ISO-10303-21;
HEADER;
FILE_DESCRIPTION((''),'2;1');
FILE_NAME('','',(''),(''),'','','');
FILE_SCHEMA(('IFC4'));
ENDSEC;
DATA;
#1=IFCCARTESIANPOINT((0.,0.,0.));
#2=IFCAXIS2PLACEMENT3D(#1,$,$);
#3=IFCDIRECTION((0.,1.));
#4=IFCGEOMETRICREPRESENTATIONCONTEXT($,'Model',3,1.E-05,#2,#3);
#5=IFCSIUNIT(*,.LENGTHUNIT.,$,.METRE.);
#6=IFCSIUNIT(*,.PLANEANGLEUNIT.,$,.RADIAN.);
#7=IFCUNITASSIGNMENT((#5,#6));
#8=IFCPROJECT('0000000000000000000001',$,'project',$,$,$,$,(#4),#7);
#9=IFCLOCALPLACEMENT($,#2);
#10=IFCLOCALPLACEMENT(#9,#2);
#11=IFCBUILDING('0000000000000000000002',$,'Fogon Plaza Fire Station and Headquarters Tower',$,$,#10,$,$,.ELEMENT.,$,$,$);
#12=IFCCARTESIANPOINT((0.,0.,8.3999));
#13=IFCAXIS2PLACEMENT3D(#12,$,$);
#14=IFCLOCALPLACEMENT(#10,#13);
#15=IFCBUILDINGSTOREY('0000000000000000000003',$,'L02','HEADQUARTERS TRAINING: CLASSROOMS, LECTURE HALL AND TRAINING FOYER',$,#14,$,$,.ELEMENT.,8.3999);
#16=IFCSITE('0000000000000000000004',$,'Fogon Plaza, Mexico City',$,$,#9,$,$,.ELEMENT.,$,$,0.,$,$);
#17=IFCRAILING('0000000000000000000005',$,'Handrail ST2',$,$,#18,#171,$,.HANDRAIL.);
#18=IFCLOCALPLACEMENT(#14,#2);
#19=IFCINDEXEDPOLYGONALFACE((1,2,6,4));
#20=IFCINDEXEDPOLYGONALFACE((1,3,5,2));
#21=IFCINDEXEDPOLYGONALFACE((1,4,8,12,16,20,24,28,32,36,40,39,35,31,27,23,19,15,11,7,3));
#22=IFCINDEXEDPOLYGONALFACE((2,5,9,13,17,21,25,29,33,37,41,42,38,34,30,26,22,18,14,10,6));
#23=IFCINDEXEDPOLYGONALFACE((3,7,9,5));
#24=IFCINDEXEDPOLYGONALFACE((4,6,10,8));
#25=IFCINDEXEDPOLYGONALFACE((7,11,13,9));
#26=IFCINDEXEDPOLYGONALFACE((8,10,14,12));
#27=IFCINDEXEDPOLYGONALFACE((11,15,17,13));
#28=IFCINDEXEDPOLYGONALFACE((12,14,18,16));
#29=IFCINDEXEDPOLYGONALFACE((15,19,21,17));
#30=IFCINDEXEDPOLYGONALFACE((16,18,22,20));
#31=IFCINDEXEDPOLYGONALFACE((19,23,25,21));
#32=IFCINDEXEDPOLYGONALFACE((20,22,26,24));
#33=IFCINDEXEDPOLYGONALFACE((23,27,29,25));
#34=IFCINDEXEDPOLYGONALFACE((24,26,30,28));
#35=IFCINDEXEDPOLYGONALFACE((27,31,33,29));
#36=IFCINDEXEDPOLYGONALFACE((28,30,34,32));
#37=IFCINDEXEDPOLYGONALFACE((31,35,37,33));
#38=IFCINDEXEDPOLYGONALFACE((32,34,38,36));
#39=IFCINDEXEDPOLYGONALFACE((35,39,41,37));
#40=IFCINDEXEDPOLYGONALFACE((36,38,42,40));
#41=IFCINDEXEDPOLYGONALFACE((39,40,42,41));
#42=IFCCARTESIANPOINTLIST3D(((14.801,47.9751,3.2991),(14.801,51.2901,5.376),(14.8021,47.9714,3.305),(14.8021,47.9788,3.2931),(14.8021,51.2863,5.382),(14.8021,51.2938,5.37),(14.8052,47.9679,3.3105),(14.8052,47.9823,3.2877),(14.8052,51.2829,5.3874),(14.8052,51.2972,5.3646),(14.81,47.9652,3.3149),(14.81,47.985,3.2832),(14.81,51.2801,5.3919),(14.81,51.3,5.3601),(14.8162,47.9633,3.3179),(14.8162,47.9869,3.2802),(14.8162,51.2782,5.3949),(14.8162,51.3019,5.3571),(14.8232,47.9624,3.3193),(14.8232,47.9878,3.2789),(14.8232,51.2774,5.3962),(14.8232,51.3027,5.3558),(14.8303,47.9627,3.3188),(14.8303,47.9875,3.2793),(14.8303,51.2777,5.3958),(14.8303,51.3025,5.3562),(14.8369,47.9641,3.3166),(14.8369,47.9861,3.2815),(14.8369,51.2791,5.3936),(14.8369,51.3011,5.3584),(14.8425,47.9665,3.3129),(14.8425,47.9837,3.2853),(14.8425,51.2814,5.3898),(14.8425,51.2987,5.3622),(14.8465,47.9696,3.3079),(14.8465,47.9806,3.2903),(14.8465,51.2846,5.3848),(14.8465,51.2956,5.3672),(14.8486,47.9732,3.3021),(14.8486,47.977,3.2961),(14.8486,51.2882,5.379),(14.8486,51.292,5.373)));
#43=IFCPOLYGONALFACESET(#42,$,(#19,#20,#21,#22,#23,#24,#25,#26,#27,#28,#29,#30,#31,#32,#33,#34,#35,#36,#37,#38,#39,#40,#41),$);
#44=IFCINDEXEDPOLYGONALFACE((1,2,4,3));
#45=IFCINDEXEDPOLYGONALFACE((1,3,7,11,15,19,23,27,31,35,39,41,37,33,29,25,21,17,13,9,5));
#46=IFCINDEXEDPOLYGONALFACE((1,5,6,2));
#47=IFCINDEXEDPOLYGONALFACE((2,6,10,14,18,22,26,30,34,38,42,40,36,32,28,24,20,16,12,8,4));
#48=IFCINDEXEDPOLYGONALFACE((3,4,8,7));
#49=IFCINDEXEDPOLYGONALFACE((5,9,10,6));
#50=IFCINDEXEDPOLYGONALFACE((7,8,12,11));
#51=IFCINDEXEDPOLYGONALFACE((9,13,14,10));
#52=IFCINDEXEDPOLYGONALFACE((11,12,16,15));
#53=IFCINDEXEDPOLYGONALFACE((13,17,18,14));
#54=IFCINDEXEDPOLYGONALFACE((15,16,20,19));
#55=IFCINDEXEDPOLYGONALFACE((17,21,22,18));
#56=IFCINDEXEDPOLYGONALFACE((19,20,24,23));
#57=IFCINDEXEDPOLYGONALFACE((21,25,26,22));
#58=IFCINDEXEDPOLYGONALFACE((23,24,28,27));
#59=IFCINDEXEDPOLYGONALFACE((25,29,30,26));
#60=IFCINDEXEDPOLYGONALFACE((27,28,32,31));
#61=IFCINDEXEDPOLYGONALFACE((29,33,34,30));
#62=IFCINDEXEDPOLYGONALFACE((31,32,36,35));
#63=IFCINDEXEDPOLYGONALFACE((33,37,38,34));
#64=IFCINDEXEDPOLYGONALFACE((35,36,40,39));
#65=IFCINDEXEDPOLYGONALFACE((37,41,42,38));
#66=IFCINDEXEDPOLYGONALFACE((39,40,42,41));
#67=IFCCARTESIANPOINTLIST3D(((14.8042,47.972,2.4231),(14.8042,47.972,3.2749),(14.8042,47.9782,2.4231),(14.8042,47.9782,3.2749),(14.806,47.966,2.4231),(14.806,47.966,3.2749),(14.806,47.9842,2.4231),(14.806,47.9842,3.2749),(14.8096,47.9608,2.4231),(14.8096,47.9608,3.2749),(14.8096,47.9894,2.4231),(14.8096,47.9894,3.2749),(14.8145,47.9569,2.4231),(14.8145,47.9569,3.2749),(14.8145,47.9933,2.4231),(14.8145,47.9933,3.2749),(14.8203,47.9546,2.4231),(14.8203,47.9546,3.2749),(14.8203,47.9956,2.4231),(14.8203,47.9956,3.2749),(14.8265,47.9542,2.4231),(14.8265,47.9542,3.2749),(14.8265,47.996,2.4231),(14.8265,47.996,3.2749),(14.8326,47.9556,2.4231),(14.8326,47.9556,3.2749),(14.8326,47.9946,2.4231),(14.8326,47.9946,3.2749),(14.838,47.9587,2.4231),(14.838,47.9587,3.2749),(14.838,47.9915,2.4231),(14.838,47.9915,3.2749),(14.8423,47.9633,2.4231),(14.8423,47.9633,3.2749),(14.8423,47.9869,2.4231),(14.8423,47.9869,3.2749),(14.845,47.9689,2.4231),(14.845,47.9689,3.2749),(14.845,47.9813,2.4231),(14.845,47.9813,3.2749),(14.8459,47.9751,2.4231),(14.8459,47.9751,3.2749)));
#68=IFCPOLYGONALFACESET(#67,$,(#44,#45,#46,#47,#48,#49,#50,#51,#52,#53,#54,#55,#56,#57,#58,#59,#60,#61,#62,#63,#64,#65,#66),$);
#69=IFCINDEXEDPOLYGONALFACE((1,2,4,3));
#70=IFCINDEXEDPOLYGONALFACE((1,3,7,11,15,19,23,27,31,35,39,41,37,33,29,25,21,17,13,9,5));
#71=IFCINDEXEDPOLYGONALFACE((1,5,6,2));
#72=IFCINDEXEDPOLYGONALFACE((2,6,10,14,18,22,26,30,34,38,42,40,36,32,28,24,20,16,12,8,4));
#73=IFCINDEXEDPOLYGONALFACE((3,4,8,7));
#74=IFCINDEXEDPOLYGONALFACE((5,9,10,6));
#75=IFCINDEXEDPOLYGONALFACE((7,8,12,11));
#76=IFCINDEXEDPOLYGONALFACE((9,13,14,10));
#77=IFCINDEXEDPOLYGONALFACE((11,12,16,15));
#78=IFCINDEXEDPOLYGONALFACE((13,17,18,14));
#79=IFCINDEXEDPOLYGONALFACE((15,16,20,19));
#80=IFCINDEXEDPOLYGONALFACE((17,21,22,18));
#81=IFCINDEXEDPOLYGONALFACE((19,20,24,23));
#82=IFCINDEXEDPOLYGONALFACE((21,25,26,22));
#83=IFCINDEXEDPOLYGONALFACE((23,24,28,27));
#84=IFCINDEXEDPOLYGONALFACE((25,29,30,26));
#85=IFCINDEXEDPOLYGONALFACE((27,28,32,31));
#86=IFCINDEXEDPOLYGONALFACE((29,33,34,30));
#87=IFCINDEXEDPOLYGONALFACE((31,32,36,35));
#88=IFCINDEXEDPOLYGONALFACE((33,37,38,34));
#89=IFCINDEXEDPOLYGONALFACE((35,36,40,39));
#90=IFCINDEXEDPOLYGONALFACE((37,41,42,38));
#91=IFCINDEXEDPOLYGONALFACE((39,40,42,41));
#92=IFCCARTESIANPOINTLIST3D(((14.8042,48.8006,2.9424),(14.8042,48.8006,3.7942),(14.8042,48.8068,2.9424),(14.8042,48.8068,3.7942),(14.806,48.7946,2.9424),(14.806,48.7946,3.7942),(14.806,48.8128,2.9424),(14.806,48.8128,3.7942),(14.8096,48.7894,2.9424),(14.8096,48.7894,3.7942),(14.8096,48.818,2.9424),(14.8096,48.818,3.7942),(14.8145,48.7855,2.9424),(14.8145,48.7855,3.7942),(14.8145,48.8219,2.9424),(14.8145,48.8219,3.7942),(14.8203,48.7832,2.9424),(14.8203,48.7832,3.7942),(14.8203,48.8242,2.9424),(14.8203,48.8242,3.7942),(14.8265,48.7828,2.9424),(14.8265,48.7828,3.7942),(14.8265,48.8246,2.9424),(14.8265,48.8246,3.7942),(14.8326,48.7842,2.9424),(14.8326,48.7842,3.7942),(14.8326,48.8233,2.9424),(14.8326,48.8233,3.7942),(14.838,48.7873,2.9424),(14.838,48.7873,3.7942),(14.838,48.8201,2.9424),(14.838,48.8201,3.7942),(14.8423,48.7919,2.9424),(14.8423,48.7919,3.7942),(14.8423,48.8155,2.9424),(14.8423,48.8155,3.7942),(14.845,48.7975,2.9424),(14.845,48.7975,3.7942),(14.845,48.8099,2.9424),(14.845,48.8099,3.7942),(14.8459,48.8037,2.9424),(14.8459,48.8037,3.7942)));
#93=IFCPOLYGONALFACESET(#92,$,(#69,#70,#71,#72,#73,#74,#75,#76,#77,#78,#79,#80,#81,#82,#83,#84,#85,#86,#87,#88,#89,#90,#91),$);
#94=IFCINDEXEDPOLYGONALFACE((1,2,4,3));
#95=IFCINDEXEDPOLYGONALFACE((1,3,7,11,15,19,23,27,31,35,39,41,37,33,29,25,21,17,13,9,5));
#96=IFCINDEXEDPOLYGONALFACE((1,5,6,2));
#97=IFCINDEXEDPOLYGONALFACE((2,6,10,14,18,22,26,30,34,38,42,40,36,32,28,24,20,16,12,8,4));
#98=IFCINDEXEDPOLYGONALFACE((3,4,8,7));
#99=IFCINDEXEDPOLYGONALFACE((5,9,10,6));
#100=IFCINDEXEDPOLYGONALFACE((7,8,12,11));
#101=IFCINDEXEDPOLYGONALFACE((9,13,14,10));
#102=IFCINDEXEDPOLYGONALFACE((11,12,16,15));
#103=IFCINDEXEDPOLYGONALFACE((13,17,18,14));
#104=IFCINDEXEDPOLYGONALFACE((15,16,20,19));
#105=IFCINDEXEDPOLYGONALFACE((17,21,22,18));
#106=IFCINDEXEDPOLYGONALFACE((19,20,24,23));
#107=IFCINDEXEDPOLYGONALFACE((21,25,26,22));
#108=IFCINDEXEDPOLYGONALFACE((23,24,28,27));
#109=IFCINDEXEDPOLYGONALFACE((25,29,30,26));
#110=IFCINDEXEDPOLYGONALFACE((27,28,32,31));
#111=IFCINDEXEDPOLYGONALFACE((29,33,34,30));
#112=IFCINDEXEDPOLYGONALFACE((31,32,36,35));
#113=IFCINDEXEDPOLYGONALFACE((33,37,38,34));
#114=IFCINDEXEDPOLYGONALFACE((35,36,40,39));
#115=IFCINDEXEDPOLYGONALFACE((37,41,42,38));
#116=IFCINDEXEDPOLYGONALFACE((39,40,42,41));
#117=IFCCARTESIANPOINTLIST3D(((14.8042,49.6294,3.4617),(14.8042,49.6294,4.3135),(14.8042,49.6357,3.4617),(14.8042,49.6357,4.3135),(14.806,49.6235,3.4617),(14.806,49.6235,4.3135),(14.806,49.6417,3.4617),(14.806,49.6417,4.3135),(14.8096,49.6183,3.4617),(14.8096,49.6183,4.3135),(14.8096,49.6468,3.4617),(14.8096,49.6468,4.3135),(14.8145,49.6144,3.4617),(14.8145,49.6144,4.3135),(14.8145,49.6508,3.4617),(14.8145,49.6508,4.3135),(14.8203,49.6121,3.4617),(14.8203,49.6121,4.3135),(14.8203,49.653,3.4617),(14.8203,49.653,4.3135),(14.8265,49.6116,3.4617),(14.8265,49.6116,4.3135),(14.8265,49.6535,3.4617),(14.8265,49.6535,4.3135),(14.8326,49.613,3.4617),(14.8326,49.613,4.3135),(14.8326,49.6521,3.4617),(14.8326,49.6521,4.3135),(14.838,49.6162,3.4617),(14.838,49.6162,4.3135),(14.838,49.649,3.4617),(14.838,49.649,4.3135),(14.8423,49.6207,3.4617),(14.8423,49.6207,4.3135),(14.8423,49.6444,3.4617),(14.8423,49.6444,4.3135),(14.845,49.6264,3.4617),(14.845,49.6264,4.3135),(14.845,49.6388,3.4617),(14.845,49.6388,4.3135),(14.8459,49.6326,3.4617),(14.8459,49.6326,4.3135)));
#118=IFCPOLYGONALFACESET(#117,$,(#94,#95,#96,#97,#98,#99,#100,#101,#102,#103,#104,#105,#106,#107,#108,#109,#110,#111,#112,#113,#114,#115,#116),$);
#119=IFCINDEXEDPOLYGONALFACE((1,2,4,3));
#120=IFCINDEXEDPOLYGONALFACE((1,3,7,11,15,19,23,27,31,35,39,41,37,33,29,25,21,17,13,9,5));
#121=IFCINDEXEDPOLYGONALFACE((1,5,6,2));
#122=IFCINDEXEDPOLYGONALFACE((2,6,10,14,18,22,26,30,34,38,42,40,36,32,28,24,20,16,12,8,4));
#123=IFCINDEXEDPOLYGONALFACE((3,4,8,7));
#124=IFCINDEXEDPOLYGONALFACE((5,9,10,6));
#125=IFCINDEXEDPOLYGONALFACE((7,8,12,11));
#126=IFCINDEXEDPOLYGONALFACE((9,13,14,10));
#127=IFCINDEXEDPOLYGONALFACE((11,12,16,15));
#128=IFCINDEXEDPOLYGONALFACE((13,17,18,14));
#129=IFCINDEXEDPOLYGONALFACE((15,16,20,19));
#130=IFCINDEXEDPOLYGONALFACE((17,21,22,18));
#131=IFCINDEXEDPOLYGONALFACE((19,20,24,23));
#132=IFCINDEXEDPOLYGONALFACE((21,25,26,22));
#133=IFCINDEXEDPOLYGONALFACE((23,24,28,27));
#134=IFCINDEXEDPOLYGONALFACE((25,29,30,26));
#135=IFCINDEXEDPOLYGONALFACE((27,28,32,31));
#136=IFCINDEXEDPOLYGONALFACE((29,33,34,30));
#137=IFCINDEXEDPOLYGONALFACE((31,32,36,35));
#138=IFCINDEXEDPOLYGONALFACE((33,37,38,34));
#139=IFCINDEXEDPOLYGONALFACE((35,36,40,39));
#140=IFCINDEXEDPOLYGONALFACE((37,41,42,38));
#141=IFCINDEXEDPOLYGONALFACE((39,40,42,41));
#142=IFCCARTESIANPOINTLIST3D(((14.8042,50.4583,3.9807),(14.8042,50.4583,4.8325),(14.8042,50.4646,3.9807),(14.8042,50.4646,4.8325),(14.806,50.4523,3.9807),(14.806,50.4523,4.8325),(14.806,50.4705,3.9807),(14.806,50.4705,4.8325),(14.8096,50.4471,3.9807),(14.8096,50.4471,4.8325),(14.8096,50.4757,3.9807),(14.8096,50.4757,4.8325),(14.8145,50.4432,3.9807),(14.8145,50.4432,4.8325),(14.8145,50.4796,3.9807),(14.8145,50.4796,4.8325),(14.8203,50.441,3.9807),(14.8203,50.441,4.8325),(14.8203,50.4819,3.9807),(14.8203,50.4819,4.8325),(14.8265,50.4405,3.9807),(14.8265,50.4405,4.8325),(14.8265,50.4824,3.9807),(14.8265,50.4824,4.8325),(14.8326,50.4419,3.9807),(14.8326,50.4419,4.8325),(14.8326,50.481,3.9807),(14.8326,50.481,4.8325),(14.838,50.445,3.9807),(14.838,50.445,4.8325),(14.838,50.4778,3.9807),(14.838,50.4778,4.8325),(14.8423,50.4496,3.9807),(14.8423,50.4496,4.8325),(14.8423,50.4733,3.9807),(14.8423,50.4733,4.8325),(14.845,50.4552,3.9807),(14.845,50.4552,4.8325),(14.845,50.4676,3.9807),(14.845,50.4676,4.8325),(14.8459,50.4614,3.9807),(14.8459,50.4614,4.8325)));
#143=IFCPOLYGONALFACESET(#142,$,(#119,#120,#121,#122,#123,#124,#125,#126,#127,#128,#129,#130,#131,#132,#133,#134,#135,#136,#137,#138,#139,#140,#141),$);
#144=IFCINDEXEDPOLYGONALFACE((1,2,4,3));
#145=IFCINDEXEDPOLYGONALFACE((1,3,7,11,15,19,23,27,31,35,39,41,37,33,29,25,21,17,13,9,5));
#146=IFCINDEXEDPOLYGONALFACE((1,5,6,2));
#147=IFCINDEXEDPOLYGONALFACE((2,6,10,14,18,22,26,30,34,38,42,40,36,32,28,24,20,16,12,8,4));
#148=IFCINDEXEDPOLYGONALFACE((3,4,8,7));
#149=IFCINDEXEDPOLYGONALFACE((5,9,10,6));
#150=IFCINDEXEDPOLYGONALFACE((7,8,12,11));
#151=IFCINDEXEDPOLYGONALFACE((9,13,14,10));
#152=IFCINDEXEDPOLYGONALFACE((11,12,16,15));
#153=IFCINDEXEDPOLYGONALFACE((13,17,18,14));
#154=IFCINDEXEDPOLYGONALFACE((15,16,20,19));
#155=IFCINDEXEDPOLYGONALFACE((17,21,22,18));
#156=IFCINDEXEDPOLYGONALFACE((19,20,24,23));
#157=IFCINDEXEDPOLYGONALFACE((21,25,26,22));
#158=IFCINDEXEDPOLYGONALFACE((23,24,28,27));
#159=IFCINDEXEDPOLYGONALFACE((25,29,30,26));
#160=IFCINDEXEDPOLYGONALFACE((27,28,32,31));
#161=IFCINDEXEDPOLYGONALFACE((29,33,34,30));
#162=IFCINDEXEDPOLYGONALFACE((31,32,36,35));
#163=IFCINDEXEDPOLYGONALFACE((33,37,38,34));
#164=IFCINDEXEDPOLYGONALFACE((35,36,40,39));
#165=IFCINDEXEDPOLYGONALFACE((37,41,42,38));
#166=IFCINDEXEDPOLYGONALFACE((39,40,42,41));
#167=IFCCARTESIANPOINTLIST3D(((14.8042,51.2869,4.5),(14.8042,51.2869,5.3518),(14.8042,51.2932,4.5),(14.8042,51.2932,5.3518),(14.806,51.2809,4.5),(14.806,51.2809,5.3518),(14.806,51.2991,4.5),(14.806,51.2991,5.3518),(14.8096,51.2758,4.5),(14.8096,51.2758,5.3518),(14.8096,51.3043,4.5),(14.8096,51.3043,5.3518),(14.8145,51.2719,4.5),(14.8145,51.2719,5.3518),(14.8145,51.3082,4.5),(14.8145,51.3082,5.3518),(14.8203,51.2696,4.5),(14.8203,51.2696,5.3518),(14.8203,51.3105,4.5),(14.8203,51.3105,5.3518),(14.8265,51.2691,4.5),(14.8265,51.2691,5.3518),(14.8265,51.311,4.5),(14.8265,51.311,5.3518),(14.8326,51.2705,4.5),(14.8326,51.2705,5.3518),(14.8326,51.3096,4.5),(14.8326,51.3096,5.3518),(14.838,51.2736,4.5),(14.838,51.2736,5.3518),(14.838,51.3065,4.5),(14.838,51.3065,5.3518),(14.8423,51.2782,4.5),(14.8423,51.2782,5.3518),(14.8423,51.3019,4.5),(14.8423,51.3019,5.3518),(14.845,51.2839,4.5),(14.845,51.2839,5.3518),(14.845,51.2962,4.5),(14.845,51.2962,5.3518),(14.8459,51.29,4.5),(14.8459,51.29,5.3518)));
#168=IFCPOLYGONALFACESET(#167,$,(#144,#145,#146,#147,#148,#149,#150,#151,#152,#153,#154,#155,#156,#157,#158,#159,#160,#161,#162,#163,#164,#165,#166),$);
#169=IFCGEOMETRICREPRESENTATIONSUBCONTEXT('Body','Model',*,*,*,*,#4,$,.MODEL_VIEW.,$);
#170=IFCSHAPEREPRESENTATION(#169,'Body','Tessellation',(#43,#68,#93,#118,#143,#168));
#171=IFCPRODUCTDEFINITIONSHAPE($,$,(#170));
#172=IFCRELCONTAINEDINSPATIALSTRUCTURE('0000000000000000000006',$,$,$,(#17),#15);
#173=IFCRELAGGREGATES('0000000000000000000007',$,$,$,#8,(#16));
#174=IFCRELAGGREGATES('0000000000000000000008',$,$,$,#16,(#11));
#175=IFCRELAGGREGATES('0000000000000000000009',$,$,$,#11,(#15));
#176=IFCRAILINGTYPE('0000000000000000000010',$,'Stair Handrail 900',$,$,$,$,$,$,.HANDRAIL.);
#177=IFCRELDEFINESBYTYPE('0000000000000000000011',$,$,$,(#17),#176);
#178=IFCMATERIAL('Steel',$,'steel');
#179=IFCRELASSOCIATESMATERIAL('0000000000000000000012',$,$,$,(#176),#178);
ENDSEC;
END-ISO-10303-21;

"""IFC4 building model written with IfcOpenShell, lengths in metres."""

from ifc_helpers import new_model, si_unit, direction, frame, origin, origin_2d, place, context, subcontext, project, spatial, circle, extrude, material, type_object, element, save


model = new_model("IFC4")

# Units and contexts
model_context = context("Model", 3, precision=1e-05, world=origin(), true_north=direction((0.0, 1.0)))
body_context = subcontext(model_context, "Body", "Model", "MODEL_VIEW")
ifc_project = project(units=[si_unit("LENGTHUNIT", "METRE"), si_unit("PLANEANGLEUNIT", "RADIAN")], contexts=[model_context])

# Site, building, storey
site_placement = place(None, origin())
site = spatial("IfcSite", under=ifc_project, at=site_placement, Name="Fogon Plaza, Mexico City", CompositionType="ELEMENT", RefElevation=0.0)
building_placement = place(site_placement, origin())
building = spatial("IfcBuilding", under=site, at=building_placement, Name="Fogon Plaza Fire Station and Headquarters Tower", CompositionType="ELEMENT")
storey_placement = place(building_placement, frame((0.0, 0.0, 8.3999)))
storey = spatial("IfcBuildingStorey", under=building, at=storey_placement, Name="L02", Description="HEADQUARTERS TRAINING: CLASSROOMS, LECTURE HALL AND TRAINING FOYER", CompositionType="ELEMENT", Elevation=8.3999)

# Railing
ifc_material_1 = material(Name="Steel", Category="steel")
railing_type = type_object("IfcRailingType", Name="Stair Handrail 900", PredefinedType="HANDRAIL", material=ifc_material_1)
railing_placement = place(storey_placement, frame((14.825, 47.9751, 2.4231)))
element("IfcRailing", 1, at=railing_placement, inside=storey, type_object=railing_type, Name="Handrail ST2", PredefinedType="HANDRAIL", context=body_context, shape_type="SweptSolid", body=[
    extrude(circle(Radius=0.0239, at=origin_2d()), frame((0.0, 0.0, 0.876), z_axis=(0.0, 0.847416, 0.53093), x_axis=(-1.0, 0.0, 0.0)), (0.0, 0.0, 1.0), 3.9119),
    extrude(circle(Radius=0.021, at=origin_2d()), origin(), (0.0, 0.0, 1.0), 0.8518),
    extrude(circle(Radius=0.021, at=origin_2d()), frame((0.0, 0.8286, 0.5193)), (0.0, 0.0, 1.0), 0.8518),
    extrude(circle(Radius=0.021, at=origin_2d()), frame((0.0, 1.6575, 1.0386)), (0.0, 0.0, 1.0), 0.8518),
    extrude(circle(Radius=0.021, at=origin_2d()), frame((0.0, 2.4863, 1.5576)), (0.0, 0.0, 1.0), 0.8518),
    extrude(circle(Radius=0.021, at=origin_2d()), frame((0.0, 3.3149, 2.0769)), (0.0, 0.0, 1.0), 0.8518),
])

save(model, "model.ifc")
